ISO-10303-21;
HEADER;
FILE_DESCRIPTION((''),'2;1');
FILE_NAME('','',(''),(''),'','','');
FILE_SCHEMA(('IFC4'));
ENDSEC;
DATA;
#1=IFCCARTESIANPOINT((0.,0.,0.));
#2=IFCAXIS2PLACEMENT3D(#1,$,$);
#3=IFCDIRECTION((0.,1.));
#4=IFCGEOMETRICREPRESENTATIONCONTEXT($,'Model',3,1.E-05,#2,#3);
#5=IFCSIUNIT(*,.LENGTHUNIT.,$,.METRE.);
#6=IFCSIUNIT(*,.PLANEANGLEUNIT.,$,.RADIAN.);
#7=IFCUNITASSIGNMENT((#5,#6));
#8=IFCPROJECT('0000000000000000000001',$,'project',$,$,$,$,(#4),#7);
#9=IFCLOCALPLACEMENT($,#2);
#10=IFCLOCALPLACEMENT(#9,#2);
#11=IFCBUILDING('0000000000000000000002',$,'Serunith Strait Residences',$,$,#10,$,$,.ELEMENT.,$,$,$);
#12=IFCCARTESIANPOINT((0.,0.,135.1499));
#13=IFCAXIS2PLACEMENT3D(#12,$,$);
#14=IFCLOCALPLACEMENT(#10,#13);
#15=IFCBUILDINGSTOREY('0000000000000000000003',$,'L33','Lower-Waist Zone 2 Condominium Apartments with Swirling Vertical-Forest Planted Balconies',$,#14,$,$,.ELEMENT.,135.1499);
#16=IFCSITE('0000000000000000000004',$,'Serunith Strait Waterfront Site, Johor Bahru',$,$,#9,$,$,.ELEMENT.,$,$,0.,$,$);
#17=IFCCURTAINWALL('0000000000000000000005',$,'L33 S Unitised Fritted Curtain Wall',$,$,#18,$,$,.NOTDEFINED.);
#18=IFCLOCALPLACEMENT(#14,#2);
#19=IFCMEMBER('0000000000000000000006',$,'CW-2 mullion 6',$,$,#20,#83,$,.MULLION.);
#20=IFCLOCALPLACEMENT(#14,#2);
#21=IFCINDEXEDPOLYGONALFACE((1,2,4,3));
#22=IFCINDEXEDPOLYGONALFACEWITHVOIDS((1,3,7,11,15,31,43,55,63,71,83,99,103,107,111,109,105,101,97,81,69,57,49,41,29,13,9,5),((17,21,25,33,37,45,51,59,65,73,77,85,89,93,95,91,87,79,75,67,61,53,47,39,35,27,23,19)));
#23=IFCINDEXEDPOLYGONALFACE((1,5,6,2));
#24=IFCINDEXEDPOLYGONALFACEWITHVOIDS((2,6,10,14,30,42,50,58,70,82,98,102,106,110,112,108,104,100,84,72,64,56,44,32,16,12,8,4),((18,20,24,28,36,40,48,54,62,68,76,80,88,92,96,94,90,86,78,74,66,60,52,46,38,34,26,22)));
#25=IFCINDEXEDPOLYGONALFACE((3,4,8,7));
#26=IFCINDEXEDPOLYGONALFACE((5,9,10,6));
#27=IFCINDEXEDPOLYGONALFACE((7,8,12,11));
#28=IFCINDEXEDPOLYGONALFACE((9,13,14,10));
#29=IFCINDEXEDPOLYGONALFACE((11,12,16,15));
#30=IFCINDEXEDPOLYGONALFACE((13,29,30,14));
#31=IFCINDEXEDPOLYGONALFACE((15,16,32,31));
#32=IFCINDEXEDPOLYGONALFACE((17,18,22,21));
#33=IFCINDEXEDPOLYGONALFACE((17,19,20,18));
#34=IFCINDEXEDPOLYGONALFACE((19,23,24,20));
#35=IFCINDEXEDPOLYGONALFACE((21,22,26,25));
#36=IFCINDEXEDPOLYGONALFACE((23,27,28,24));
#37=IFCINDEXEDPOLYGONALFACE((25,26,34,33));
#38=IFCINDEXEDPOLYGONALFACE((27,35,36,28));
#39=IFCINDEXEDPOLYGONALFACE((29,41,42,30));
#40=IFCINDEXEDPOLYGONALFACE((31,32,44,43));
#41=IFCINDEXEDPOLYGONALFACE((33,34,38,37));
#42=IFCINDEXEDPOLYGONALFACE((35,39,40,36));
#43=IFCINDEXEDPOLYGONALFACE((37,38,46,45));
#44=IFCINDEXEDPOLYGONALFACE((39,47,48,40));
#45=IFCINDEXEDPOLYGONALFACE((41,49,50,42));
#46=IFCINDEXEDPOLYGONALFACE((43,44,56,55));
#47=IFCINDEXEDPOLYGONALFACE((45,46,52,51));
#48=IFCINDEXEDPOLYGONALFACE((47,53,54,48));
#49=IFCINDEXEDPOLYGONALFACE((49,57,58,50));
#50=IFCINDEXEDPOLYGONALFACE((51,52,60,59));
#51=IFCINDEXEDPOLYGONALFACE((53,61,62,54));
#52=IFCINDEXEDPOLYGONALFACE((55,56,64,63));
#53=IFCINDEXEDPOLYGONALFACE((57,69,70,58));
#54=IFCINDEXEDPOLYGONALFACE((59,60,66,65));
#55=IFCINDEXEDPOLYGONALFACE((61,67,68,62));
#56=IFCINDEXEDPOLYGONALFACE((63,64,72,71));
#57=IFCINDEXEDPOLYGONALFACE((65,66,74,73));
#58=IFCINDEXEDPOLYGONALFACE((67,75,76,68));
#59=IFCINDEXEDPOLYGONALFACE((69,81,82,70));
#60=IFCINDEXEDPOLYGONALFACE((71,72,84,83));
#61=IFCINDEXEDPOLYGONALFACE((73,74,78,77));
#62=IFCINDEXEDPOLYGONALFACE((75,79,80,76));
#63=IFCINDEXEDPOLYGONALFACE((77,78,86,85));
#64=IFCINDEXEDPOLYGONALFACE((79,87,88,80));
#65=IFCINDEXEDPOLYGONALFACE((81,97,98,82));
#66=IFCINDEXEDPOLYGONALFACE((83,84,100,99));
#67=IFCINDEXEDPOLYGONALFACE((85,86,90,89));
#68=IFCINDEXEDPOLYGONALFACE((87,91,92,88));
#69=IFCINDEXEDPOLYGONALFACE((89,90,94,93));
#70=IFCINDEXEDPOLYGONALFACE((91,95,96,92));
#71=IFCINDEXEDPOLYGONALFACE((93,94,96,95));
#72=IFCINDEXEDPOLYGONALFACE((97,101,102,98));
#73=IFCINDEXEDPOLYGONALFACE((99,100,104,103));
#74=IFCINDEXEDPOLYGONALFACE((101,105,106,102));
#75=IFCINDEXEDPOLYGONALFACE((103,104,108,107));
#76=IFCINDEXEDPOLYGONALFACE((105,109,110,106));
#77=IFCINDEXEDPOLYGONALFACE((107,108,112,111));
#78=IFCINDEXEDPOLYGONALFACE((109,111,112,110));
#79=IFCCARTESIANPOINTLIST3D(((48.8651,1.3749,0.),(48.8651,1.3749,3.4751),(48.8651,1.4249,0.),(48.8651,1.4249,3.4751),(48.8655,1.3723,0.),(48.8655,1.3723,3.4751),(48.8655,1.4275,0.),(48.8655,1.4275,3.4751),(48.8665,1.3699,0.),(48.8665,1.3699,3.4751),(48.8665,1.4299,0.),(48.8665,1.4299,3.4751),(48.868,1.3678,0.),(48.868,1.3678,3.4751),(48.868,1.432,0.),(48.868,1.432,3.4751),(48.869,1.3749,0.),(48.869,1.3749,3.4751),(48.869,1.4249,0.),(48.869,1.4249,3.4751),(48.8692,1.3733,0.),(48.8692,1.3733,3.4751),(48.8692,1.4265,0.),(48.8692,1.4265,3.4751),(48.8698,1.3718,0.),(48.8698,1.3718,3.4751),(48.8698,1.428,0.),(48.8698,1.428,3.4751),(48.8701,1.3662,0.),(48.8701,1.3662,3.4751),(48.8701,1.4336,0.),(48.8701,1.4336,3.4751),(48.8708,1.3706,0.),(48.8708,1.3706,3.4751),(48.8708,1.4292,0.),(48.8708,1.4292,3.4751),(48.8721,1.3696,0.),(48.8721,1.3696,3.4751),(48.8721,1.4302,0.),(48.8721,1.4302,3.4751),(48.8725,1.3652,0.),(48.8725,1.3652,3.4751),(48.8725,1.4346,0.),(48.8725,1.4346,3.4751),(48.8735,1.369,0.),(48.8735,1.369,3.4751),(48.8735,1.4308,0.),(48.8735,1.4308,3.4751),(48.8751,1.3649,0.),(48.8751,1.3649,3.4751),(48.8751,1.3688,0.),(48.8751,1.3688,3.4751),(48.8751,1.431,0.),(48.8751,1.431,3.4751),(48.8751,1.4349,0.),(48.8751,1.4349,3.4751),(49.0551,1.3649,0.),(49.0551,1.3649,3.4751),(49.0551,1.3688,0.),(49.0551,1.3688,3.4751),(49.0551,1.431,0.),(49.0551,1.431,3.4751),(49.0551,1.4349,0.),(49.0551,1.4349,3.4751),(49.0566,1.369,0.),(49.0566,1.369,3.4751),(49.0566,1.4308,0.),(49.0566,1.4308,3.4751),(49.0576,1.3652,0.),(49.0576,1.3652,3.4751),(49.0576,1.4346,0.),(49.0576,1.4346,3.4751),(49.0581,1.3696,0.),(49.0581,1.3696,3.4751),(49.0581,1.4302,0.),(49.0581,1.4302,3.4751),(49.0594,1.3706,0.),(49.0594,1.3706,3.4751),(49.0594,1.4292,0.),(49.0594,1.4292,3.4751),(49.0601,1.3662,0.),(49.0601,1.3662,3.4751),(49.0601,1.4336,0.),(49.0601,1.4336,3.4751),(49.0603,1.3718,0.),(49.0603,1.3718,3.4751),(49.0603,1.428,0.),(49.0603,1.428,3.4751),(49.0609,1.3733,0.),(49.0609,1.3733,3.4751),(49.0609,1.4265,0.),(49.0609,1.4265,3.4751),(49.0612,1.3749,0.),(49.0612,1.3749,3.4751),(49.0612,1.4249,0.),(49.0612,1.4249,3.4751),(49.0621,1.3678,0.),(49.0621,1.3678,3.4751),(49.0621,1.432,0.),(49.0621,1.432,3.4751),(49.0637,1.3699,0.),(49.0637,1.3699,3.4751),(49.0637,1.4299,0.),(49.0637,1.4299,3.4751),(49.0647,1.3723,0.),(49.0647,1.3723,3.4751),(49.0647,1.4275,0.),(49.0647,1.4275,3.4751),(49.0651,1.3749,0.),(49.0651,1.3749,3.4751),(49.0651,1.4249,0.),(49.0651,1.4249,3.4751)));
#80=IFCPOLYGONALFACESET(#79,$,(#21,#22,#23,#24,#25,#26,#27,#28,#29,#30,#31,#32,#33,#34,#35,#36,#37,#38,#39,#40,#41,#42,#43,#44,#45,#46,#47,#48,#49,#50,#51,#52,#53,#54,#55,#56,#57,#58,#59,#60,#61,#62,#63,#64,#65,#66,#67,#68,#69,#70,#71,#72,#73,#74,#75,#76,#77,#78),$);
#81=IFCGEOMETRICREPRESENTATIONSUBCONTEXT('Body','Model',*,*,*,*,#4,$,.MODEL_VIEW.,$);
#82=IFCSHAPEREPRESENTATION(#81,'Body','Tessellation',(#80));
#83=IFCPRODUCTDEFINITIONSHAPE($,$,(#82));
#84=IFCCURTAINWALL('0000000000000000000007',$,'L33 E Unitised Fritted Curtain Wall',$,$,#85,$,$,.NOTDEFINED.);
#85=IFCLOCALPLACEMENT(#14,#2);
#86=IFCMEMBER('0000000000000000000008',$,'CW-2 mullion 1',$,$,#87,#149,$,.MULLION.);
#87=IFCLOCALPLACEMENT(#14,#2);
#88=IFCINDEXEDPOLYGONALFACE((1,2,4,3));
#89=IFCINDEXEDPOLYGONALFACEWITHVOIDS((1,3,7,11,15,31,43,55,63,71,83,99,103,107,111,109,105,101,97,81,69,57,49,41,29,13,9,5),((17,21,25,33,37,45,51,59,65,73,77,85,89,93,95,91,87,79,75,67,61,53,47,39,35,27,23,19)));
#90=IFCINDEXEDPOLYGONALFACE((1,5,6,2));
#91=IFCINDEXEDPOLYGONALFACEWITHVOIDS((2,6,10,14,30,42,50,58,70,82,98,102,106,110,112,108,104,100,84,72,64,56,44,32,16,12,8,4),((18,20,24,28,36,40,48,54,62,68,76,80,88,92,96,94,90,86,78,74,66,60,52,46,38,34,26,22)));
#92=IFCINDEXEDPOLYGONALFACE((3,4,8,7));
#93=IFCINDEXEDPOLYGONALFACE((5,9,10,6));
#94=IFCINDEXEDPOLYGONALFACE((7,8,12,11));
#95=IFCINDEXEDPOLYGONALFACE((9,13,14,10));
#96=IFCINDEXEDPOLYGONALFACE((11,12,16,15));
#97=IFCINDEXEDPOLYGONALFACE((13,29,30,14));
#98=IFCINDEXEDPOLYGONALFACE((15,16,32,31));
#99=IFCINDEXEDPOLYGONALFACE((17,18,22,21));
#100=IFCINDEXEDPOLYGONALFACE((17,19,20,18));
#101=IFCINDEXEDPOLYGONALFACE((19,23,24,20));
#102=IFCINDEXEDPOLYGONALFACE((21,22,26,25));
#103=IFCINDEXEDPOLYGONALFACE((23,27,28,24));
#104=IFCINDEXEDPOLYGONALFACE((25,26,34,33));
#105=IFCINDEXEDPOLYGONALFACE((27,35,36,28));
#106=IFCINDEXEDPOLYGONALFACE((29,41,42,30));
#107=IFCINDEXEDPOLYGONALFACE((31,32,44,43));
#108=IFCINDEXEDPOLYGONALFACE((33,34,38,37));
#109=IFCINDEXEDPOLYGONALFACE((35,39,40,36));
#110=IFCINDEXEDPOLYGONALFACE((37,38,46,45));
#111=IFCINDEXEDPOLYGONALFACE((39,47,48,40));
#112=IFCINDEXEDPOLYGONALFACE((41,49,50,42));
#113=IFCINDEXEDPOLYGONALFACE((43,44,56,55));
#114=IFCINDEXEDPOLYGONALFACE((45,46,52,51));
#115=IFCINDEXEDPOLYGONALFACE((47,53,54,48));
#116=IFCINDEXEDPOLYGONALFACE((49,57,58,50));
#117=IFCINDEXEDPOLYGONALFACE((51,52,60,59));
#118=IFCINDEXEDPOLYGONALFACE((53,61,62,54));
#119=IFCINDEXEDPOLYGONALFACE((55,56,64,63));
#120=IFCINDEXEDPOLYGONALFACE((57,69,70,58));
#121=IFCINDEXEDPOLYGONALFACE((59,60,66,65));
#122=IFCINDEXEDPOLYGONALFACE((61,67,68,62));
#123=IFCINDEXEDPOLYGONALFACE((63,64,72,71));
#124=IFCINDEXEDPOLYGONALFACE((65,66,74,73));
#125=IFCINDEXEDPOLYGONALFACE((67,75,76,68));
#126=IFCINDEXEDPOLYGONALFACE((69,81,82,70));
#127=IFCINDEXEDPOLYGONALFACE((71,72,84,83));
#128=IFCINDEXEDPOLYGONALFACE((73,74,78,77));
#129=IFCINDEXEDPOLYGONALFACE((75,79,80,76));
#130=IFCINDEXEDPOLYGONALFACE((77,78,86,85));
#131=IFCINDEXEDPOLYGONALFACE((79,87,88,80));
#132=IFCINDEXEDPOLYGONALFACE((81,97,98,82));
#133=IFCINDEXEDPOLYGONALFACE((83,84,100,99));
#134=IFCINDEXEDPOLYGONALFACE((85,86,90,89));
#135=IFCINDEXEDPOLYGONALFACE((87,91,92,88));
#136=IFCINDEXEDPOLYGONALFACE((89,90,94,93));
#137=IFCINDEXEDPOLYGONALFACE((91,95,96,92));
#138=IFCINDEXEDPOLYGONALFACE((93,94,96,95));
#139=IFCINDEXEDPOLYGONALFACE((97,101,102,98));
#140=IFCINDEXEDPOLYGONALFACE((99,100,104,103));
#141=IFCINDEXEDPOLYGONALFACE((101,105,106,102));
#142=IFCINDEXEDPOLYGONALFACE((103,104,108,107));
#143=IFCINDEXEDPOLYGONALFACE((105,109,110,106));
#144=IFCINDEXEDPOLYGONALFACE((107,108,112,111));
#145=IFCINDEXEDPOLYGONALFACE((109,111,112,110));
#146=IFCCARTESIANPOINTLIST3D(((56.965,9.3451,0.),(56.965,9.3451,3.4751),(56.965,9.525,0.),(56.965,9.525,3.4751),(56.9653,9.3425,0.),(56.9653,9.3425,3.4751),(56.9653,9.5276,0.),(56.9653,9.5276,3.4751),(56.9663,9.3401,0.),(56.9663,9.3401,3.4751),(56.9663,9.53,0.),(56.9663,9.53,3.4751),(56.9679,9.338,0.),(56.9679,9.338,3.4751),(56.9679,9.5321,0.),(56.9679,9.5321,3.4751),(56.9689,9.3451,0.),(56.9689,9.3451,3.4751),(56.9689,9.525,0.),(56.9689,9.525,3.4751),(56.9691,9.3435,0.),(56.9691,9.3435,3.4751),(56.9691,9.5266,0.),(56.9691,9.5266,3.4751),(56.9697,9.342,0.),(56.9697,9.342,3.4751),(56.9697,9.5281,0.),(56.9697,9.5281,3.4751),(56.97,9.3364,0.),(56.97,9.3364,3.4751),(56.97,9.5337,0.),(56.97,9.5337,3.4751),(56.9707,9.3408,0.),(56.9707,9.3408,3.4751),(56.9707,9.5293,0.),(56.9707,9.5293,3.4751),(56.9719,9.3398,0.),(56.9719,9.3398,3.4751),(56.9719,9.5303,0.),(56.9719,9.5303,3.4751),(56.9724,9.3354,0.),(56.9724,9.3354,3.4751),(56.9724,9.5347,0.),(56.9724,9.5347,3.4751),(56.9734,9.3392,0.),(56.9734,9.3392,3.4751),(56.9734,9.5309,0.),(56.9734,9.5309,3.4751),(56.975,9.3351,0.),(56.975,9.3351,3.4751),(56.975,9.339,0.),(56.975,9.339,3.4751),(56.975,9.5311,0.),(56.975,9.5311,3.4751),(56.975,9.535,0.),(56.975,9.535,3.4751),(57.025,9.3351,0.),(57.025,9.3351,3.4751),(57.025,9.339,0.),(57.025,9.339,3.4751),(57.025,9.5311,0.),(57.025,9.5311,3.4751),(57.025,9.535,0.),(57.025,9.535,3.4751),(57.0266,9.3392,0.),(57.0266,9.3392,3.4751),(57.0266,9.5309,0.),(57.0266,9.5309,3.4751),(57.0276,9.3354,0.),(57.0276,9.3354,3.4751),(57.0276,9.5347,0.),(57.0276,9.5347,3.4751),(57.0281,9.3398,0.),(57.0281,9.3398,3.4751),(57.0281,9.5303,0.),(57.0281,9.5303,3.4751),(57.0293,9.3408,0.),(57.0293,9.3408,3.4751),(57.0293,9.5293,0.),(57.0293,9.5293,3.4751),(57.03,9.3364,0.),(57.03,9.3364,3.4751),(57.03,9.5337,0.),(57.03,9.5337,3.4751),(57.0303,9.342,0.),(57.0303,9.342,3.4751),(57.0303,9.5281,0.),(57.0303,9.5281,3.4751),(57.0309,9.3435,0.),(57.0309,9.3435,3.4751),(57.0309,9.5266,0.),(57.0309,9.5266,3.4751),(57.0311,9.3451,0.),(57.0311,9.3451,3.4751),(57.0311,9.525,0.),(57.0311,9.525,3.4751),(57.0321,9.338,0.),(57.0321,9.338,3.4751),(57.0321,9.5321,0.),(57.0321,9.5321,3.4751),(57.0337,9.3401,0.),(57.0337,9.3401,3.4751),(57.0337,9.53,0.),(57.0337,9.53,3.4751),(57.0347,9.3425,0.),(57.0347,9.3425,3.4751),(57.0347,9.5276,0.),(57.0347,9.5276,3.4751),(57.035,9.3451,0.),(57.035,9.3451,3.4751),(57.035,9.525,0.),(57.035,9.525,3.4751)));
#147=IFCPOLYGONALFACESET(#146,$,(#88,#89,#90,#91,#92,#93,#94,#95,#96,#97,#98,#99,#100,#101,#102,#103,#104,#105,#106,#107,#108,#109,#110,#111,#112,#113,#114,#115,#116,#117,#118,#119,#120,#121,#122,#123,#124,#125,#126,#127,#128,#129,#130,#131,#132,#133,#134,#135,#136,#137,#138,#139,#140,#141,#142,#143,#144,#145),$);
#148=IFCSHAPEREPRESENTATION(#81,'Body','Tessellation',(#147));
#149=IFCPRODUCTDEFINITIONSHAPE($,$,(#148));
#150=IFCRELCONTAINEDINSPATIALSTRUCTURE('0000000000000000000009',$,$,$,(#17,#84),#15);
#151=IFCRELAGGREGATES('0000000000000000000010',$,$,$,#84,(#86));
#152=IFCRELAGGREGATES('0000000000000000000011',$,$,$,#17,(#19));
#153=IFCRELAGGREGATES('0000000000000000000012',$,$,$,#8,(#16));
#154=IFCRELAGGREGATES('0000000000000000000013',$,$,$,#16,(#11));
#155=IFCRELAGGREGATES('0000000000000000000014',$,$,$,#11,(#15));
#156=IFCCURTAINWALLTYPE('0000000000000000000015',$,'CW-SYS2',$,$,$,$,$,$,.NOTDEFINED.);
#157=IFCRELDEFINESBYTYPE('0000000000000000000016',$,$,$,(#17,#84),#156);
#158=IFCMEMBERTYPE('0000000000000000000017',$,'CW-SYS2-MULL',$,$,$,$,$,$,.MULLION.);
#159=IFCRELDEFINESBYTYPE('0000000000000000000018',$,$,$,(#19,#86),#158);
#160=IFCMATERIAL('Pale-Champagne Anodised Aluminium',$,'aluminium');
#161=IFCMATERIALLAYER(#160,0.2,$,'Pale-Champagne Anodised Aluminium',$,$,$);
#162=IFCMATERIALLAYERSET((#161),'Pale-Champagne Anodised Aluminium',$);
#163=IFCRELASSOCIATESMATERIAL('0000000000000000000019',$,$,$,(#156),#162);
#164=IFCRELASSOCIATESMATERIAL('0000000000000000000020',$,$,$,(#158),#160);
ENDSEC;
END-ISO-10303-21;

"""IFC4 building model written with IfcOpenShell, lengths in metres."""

from ifc_helpers import new_model, si_unit, direction, frame, origin, origin_2d, place, context, subcontext, project, spatial, hollow_rectangle, extrude, source, transform, mapped, material, layer, layer_set, material_profile, profile_set, type_object, element, aggregate, save


model = new_model("IFC4")

# Units and contexts
model_context = context("Model", 3, precision=1e-05, world=origin(), true_north=direction((0.0, 1.0)))
body_context = subcontext(model_context, "Body", "Model", "MODEL_VIEW")
ifc_project = project(units=[si_unit("LENGTHUNIT", "METRE"), si_unit("PLANEANGLEUNIT", "RADIAN")], contexts=[model_context])

# Site, building, storey
site_placement = place(None, origin())
site = spatial("IfcSite", under=ifc_project, at=site_placement, Name="Serunith Strait Waterfront Site, Johor Bahru", CompositionType="ELEMENT", RefElevation=0.0)
building_placement = place(site_placement, origin())
building = spatial("IfcBuilding", under=site, at=building_placement, Name="Serunith Strait Residences", CompositionType="ELEMENT")
storey_placement = place(building_placement, frame((0.0, 0.0, 135.1499)))
storey = spatial("IfcBuildingStorey", under=building, at=storey_placement, Name="L33", Description="Lower-Waist Zone 2 Condominium Apartments with Swirling Vertical-Forest Planted Balconies", CompositionType="ELEMENT", Elevation=135.1499)

# Curtain wall, member
ifc_material_1 = material(Name="Pale-Champagne Anodised Aluminium", Category="aluminium")
ifc_layer_1 = layer(ifc_material_1, 0.2, Name="Pale-Champagne Anodised Aluminium")
ifc_layer_set_1 = layer_set([ifc_layer_1], Name="Pale-Champagne Anodised Aluminium")
curtain_wall_type = type_object("IfcCurtainWallType", Name="CW-SYS2", PredefinedType="NOTDEFINED", material=ifc_layer_set_1)
curtain_wall_1_placement = place(storey_placement, origin())
curtain_wall_1 = element("IfcCurtainWall", 1, at=curtain_wall_1_placement, inside=storey, type_object=curtain_wall_type, Name="L33 S Unitised Fritted Curtain Wall", PredefinedType="NOTDEFINED")
ifc_material_profile_1 = material_profile(ifc_material_1, hollow_rectangle(XDim=0.0701, YDim=0.2, WallThickness=0.0039, InnerFilletRadius=0.0061, OuterFilletRadius=0.01, at=origin_2d()), Name="ALU 200x70x4")
ifc_profile_set_1 = profile_set([ifc_material_profile_1], Name="Pale-Champagne Anodised Aluminium")
member_type_1 = type_object("IfcMemberType", Name="CW-SYS2-MULL", PredefinedType="MULLION", material=ifc_profile_set_1)
shared_shape_1 = source(origin(), body_context, "Body", "SweptSolid", [
    extrude(hollow_rectangle(XDim=0.0701, YDim=0.2, WallThickness=0.0039, InnerFilletRadius=0.0061, OuterFilletRadius=0.01, at=origin_2d()), origin(), (0.0, 0.0, 1.0), 3.4751),
])
member_1_placement = place(storey_placement, frame((48.9651, 1.3999, 0.0), z_axis=(0.0, 0.0, 1.0), x_axis=(0.0, 1.0, 0.0)))
member_1 = element("IfcMember", 2, at=member_1_placement, type_object=member_type_1, Name="CW-2 mullion 6", PredefinedType="MULLION", context=body_context, shape_type="MappedRepresentation", body=[
    mapped(shared_shape_1, transform((0.0, 0.0, 0.0), scale=1.0)),
])

# Curtain wall, member
curtain_wall_2_placement = place(storey_placement, origin())
curtain_wall_2 = element("IfcCurtainWall", 3, at=curtain_wall_2_placement, inside=storey, type_object=curtain_wall_type, Name="L33 E Unitised Fritted Curtain Wall", PredefinedType="NOTDEFINED")
member_2_placement = place(storey_placement, frame((57.0, 9.4351, 0.0), z_axis=(0.0, 0.0, 1.0), x_axis=(-1.0, 0.0, 0.0)))
member_2 = element("IfcMember", 4, at=member_2_placement, type_object=member_type_1, Name="CW-2 mullion 1", PredefinedType="MULLION", context=body_context, shape_type="MappedRepresentation", body=[
    mapped(shared_shape_1, transform((0.0, 0.0, 0.0), scale=1.0)),
])
aggregate(curtain_wall_2, [member_2])

aggregate(curtain_wall_1, [member_1])

save(model, "model.ifc")
